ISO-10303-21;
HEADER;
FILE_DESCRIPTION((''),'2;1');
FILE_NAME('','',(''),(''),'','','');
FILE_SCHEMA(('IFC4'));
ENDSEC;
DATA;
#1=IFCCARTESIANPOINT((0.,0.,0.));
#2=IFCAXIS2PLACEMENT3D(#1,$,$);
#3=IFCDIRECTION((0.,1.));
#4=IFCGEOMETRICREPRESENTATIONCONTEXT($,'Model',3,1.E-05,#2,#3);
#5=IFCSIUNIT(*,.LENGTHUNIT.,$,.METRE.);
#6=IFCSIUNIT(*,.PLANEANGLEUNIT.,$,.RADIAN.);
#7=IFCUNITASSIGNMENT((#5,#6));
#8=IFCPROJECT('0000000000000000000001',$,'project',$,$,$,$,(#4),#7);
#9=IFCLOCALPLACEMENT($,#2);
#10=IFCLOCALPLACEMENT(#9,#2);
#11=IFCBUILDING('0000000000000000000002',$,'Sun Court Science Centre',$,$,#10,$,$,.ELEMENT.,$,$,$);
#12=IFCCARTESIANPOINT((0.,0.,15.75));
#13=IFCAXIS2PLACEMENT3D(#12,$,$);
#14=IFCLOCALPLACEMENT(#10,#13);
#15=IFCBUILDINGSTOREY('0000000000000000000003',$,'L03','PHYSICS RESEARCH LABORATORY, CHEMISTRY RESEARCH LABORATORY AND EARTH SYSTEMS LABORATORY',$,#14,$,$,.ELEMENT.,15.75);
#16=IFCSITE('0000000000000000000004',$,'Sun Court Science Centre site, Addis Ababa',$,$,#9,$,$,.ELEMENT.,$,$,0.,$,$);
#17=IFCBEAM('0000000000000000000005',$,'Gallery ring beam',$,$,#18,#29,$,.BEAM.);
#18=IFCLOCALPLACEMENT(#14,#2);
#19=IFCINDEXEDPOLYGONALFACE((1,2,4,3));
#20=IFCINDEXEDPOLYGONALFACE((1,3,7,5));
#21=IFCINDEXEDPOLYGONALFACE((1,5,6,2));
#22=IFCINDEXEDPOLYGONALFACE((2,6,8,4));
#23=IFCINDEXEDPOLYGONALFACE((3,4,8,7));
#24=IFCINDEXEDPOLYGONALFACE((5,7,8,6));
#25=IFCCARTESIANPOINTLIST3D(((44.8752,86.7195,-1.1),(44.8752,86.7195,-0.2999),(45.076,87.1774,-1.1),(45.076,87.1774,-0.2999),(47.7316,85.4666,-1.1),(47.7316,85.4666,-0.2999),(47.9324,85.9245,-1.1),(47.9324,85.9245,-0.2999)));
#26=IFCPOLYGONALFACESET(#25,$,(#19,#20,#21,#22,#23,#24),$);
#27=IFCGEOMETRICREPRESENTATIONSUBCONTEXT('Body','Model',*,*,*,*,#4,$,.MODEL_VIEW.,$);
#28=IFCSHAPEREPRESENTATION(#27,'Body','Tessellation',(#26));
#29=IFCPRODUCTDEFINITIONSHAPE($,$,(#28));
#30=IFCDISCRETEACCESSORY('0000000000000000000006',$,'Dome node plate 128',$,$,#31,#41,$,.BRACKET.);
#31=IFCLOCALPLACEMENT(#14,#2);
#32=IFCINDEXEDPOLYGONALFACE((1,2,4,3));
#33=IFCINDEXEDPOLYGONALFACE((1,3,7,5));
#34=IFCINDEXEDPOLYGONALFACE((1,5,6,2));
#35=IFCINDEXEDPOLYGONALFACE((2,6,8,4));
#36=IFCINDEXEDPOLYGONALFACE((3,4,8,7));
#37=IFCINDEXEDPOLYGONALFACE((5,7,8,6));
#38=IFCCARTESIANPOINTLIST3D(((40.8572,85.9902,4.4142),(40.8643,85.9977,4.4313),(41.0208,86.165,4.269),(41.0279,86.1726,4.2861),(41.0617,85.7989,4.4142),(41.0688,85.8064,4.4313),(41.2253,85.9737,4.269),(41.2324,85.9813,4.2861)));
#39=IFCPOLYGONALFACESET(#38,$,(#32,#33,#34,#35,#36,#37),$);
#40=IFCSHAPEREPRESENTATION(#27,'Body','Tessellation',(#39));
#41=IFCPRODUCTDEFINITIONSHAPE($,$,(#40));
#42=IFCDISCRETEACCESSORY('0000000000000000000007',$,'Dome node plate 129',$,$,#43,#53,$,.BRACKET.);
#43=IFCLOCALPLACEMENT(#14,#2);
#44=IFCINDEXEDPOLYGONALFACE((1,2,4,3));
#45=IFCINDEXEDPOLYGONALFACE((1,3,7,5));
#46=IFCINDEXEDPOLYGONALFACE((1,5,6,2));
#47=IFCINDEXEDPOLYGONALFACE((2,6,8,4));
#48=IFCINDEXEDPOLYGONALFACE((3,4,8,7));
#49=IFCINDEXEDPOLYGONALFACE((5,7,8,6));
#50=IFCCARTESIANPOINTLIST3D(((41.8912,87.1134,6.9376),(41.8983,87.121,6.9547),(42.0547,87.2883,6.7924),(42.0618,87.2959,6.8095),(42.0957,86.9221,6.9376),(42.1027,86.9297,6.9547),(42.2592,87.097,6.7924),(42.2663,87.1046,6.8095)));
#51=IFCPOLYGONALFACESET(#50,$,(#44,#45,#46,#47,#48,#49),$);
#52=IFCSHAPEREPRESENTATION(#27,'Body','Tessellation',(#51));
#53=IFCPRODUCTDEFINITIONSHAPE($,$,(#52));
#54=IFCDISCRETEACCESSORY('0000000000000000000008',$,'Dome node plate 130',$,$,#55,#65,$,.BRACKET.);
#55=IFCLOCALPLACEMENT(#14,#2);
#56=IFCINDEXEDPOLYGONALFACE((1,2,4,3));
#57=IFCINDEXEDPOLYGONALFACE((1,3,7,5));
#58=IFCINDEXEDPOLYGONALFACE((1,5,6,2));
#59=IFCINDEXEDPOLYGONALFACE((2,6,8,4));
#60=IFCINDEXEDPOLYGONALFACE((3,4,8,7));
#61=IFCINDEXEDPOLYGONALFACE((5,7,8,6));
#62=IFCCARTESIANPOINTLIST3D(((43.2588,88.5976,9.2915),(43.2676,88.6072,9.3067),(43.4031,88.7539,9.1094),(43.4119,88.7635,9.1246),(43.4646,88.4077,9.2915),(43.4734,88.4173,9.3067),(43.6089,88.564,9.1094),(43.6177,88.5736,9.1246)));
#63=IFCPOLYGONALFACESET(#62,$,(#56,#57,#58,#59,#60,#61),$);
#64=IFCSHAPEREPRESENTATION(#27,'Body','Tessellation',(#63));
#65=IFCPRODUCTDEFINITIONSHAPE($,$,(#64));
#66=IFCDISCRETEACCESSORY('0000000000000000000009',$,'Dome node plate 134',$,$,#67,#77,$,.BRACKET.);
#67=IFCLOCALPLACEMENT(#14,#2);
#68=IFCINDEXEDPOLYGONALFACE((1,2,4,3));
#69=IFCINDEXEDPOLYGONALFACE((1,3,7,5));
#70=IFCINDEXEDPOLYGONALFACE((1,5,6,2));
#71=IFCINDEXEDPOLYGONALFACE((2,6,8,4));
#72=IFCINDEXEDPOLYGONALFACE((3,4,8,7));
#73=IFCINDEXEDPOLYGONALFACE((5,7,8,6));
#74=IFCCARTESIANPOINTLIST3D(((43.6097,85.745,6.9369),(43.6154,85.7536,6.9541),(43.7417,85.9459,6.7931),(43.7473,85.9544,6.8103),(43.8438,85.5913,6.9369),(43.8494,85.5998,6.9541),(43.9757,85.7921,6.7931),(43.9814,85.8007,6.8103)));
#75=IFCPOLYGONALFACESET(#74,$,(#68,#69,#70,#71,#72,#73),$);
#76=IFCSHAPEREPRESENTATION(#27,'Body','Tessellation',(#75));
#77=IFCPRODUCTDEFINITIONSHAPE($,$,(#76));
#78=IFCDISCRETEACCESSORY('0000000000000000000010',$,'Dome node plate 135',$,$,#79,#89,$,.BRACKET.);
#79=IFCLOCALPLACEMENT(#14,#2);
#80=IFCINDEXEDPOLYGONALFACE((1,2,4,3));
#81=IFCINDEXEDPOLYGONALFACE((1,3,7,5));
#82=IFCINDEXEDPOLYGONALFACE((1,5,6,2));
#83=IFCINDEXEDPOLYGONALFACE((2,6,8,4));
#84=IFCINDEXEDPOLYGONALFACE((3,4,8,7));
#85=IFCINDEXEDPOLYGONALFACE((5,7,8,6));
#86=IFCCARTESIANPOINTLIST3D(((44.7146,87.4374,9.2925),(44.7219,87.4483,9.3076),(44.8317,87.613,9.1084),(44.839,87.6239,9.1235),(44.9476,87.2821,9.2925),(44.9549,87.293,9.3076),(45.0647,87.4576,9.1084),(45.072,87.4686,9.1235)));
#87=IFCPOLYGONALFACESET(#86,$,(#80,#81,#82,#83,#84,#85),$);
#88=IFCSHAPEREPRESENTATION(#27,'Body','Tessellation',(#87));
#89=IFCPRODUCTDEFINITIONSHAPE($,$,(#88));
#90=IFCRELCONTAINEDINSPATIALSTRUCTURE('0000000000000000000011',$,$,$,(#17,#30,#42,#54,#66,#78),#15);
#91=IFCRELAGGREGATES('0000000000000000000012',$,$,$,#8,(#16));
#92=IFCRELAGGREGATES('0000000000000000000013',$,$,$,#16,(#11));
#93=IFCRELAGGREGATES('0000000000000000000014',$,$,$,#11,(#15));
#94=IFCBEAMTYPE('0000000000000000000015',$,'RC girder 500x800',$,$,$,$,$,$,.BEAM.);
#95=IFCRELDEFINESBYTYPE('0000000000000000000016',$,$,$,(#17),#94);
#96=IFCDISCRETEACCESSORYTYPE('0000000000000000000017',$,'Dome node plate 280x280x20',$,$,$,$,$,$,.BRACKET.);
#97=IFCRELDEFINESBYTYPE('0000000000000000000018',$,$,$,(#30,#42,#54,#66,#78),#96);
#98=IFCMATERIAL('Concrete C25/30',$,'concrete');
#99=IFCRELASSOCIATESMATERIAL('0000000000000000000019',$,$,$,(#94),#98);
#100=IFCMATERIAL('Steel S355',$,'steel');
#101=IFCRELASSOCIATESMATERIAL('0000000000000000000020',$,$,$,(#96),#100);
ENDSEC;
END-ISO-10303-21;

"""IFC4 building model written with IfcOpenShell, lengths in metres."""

from ifc_helpers import new_model, si_unit, direction, frame, origin, origin_2d, place, context, subcontext, project, spatial, rectangle, extrude, material, material_profile, profile_set, type_object, element, save


model = new_model("IFC4")

# Units and contexts
model_context = context("Model", 3, precision=1e-05, world=origin(), true_north=direction((0.0, 1.0)))
body_context = subcontext(model_context, "Body", "Model", "MODEL_VIEW")
ifc_project = project(units=[si_unit("LENGTHUNIT", "METRE"), si_unit("PLANEANGLEUNIT", "RADIAN")], contexts=[model_context])

# Site, building, storey
site_placement = place(None, origin())
site = spatial("IfcSite", under=ifc_project, at=site_placement, Name="Sun Court Science Centre site, Addis Ababa", CompositionType="ELEMENT", RefElevation=0.0)
building_placement = place(site_placement, origin())
building = spatial("IfcBuilding", under=site, at=building_placement, Name="Sun Court Science Centre", CompositionType="ELEMENT")
storey_placement = place(building_placement, frame((0.0, 0.0, 15.75)))
storey = spatial("IfcBuildingStorey", under=building, at=storey_placement, Name="L03", Description="PHYSICS RESEARCH LABORATORY, CHEMISTRY RESEARCH LABORATORY AND EARTH SYSTEMS LABORATORY", CompositionType="ELEMENT", Elevation=15.75)

# Beam
ifc_material_1 = material(Name="Concrete C25/30", Category="concrete")
ifc_material_profile_1 = material_profile(ifc_material_1, rectangle(XDim=0.5, YDim=0.8, at=origin_2d()), Name="RC 500x800")
ifc_profile_set_1 = profile_set([ifc_material_profile_1], Name="Concrete C25/30")
beam_type = type_object("IfcBeamType", Name="RC girder 500x800", PredefinedType="BEAM", material=ifc_profile_set_1)
beam_1_placement = place(storey_placement, frame((44.9756, 86.9485, -0.7), z_axis=(0.915776, -0.401689, 0.0), x_axis=(0.401689, 0.915776, 0.0)))
element("IfcBeam", 1, at=beam_1_placement, inside=storey, type_object=beam_type, Name="Gallery ring beam", PredefinedType="BEAM", context=body_context, shape_type="SweptSolid", body=[
    extrude(rectangle(XDim=0.5, YDim=0.8, at=origin_2d()), origin(), (0.0, 0.0, 1.0), 3.1191),
])

# Discrete accessories
ifc_material_2 = material(Name="Steel S355", Category="steel")
ifc_material_profile_2 = material_profile(ifc_material_2, rectangle(XDim=0.28, YDim=0.28, at=origin_2d()), Name="PL 280x280")
ifc_profile_set_2 = profile_set([ifc_material_profile_2], Name="Steel S355")
discrete_accessory_type = type_object("IfcDiscreteAccessoryType", Name="Dome node plate 280x280x20", PredefinedType="BRACKET", material=ifc_profile_set_2)
for number, where, z_axis, x_axis, name in (
    (2, (41.0413, 85.9819, 4.3416), (0.354239, 0.378669, 0.855058), (-0.730271, 0.683157, 0.0), "Dome node plate 128"),
    (3, (42.0752, 87.1052, 6.865), (0.354239, 0.378669, 0.855058), (-0.730271, 0.683157, 0.0), "Dome node plate 129"),
    (4, (43.4338, 88.5808, 9.2004), (0.441096, 0.477854, 0.759665), (-0.734803, 0.67828, 0.0), "Dome node plate 130"),
    (5, (43.7927, 85.7686, 6.865), (0.281959, 0.429069, 0.858137), (-0.835705, 0.549178, 0.0), "Dome node plate 134"),
    (6, (44.8896, 87.4475, 9.2004), (0.364636, 0.546953, 0.75358), (-0.83205, 0.5547, 0.0), "Dome node plate 135"),
):
    element("IfcDiscreteAccessory", number, at=place(storey_placement, frame(where, z_axis=z_axis, x_axis=x_axis)), inside=storey, type_object=discrete_accessory_type, Name=name, PredefinedType="BRACKET", context=body_context, shape_type="SweptSolid", body=[
        extrude(rectangle(XDim=0.28, YDim=0.28, at=origin_2d()), origin(), (0.0, 0.0, 1.0), 0.02),
    ])

save(model, "model.ifc")
